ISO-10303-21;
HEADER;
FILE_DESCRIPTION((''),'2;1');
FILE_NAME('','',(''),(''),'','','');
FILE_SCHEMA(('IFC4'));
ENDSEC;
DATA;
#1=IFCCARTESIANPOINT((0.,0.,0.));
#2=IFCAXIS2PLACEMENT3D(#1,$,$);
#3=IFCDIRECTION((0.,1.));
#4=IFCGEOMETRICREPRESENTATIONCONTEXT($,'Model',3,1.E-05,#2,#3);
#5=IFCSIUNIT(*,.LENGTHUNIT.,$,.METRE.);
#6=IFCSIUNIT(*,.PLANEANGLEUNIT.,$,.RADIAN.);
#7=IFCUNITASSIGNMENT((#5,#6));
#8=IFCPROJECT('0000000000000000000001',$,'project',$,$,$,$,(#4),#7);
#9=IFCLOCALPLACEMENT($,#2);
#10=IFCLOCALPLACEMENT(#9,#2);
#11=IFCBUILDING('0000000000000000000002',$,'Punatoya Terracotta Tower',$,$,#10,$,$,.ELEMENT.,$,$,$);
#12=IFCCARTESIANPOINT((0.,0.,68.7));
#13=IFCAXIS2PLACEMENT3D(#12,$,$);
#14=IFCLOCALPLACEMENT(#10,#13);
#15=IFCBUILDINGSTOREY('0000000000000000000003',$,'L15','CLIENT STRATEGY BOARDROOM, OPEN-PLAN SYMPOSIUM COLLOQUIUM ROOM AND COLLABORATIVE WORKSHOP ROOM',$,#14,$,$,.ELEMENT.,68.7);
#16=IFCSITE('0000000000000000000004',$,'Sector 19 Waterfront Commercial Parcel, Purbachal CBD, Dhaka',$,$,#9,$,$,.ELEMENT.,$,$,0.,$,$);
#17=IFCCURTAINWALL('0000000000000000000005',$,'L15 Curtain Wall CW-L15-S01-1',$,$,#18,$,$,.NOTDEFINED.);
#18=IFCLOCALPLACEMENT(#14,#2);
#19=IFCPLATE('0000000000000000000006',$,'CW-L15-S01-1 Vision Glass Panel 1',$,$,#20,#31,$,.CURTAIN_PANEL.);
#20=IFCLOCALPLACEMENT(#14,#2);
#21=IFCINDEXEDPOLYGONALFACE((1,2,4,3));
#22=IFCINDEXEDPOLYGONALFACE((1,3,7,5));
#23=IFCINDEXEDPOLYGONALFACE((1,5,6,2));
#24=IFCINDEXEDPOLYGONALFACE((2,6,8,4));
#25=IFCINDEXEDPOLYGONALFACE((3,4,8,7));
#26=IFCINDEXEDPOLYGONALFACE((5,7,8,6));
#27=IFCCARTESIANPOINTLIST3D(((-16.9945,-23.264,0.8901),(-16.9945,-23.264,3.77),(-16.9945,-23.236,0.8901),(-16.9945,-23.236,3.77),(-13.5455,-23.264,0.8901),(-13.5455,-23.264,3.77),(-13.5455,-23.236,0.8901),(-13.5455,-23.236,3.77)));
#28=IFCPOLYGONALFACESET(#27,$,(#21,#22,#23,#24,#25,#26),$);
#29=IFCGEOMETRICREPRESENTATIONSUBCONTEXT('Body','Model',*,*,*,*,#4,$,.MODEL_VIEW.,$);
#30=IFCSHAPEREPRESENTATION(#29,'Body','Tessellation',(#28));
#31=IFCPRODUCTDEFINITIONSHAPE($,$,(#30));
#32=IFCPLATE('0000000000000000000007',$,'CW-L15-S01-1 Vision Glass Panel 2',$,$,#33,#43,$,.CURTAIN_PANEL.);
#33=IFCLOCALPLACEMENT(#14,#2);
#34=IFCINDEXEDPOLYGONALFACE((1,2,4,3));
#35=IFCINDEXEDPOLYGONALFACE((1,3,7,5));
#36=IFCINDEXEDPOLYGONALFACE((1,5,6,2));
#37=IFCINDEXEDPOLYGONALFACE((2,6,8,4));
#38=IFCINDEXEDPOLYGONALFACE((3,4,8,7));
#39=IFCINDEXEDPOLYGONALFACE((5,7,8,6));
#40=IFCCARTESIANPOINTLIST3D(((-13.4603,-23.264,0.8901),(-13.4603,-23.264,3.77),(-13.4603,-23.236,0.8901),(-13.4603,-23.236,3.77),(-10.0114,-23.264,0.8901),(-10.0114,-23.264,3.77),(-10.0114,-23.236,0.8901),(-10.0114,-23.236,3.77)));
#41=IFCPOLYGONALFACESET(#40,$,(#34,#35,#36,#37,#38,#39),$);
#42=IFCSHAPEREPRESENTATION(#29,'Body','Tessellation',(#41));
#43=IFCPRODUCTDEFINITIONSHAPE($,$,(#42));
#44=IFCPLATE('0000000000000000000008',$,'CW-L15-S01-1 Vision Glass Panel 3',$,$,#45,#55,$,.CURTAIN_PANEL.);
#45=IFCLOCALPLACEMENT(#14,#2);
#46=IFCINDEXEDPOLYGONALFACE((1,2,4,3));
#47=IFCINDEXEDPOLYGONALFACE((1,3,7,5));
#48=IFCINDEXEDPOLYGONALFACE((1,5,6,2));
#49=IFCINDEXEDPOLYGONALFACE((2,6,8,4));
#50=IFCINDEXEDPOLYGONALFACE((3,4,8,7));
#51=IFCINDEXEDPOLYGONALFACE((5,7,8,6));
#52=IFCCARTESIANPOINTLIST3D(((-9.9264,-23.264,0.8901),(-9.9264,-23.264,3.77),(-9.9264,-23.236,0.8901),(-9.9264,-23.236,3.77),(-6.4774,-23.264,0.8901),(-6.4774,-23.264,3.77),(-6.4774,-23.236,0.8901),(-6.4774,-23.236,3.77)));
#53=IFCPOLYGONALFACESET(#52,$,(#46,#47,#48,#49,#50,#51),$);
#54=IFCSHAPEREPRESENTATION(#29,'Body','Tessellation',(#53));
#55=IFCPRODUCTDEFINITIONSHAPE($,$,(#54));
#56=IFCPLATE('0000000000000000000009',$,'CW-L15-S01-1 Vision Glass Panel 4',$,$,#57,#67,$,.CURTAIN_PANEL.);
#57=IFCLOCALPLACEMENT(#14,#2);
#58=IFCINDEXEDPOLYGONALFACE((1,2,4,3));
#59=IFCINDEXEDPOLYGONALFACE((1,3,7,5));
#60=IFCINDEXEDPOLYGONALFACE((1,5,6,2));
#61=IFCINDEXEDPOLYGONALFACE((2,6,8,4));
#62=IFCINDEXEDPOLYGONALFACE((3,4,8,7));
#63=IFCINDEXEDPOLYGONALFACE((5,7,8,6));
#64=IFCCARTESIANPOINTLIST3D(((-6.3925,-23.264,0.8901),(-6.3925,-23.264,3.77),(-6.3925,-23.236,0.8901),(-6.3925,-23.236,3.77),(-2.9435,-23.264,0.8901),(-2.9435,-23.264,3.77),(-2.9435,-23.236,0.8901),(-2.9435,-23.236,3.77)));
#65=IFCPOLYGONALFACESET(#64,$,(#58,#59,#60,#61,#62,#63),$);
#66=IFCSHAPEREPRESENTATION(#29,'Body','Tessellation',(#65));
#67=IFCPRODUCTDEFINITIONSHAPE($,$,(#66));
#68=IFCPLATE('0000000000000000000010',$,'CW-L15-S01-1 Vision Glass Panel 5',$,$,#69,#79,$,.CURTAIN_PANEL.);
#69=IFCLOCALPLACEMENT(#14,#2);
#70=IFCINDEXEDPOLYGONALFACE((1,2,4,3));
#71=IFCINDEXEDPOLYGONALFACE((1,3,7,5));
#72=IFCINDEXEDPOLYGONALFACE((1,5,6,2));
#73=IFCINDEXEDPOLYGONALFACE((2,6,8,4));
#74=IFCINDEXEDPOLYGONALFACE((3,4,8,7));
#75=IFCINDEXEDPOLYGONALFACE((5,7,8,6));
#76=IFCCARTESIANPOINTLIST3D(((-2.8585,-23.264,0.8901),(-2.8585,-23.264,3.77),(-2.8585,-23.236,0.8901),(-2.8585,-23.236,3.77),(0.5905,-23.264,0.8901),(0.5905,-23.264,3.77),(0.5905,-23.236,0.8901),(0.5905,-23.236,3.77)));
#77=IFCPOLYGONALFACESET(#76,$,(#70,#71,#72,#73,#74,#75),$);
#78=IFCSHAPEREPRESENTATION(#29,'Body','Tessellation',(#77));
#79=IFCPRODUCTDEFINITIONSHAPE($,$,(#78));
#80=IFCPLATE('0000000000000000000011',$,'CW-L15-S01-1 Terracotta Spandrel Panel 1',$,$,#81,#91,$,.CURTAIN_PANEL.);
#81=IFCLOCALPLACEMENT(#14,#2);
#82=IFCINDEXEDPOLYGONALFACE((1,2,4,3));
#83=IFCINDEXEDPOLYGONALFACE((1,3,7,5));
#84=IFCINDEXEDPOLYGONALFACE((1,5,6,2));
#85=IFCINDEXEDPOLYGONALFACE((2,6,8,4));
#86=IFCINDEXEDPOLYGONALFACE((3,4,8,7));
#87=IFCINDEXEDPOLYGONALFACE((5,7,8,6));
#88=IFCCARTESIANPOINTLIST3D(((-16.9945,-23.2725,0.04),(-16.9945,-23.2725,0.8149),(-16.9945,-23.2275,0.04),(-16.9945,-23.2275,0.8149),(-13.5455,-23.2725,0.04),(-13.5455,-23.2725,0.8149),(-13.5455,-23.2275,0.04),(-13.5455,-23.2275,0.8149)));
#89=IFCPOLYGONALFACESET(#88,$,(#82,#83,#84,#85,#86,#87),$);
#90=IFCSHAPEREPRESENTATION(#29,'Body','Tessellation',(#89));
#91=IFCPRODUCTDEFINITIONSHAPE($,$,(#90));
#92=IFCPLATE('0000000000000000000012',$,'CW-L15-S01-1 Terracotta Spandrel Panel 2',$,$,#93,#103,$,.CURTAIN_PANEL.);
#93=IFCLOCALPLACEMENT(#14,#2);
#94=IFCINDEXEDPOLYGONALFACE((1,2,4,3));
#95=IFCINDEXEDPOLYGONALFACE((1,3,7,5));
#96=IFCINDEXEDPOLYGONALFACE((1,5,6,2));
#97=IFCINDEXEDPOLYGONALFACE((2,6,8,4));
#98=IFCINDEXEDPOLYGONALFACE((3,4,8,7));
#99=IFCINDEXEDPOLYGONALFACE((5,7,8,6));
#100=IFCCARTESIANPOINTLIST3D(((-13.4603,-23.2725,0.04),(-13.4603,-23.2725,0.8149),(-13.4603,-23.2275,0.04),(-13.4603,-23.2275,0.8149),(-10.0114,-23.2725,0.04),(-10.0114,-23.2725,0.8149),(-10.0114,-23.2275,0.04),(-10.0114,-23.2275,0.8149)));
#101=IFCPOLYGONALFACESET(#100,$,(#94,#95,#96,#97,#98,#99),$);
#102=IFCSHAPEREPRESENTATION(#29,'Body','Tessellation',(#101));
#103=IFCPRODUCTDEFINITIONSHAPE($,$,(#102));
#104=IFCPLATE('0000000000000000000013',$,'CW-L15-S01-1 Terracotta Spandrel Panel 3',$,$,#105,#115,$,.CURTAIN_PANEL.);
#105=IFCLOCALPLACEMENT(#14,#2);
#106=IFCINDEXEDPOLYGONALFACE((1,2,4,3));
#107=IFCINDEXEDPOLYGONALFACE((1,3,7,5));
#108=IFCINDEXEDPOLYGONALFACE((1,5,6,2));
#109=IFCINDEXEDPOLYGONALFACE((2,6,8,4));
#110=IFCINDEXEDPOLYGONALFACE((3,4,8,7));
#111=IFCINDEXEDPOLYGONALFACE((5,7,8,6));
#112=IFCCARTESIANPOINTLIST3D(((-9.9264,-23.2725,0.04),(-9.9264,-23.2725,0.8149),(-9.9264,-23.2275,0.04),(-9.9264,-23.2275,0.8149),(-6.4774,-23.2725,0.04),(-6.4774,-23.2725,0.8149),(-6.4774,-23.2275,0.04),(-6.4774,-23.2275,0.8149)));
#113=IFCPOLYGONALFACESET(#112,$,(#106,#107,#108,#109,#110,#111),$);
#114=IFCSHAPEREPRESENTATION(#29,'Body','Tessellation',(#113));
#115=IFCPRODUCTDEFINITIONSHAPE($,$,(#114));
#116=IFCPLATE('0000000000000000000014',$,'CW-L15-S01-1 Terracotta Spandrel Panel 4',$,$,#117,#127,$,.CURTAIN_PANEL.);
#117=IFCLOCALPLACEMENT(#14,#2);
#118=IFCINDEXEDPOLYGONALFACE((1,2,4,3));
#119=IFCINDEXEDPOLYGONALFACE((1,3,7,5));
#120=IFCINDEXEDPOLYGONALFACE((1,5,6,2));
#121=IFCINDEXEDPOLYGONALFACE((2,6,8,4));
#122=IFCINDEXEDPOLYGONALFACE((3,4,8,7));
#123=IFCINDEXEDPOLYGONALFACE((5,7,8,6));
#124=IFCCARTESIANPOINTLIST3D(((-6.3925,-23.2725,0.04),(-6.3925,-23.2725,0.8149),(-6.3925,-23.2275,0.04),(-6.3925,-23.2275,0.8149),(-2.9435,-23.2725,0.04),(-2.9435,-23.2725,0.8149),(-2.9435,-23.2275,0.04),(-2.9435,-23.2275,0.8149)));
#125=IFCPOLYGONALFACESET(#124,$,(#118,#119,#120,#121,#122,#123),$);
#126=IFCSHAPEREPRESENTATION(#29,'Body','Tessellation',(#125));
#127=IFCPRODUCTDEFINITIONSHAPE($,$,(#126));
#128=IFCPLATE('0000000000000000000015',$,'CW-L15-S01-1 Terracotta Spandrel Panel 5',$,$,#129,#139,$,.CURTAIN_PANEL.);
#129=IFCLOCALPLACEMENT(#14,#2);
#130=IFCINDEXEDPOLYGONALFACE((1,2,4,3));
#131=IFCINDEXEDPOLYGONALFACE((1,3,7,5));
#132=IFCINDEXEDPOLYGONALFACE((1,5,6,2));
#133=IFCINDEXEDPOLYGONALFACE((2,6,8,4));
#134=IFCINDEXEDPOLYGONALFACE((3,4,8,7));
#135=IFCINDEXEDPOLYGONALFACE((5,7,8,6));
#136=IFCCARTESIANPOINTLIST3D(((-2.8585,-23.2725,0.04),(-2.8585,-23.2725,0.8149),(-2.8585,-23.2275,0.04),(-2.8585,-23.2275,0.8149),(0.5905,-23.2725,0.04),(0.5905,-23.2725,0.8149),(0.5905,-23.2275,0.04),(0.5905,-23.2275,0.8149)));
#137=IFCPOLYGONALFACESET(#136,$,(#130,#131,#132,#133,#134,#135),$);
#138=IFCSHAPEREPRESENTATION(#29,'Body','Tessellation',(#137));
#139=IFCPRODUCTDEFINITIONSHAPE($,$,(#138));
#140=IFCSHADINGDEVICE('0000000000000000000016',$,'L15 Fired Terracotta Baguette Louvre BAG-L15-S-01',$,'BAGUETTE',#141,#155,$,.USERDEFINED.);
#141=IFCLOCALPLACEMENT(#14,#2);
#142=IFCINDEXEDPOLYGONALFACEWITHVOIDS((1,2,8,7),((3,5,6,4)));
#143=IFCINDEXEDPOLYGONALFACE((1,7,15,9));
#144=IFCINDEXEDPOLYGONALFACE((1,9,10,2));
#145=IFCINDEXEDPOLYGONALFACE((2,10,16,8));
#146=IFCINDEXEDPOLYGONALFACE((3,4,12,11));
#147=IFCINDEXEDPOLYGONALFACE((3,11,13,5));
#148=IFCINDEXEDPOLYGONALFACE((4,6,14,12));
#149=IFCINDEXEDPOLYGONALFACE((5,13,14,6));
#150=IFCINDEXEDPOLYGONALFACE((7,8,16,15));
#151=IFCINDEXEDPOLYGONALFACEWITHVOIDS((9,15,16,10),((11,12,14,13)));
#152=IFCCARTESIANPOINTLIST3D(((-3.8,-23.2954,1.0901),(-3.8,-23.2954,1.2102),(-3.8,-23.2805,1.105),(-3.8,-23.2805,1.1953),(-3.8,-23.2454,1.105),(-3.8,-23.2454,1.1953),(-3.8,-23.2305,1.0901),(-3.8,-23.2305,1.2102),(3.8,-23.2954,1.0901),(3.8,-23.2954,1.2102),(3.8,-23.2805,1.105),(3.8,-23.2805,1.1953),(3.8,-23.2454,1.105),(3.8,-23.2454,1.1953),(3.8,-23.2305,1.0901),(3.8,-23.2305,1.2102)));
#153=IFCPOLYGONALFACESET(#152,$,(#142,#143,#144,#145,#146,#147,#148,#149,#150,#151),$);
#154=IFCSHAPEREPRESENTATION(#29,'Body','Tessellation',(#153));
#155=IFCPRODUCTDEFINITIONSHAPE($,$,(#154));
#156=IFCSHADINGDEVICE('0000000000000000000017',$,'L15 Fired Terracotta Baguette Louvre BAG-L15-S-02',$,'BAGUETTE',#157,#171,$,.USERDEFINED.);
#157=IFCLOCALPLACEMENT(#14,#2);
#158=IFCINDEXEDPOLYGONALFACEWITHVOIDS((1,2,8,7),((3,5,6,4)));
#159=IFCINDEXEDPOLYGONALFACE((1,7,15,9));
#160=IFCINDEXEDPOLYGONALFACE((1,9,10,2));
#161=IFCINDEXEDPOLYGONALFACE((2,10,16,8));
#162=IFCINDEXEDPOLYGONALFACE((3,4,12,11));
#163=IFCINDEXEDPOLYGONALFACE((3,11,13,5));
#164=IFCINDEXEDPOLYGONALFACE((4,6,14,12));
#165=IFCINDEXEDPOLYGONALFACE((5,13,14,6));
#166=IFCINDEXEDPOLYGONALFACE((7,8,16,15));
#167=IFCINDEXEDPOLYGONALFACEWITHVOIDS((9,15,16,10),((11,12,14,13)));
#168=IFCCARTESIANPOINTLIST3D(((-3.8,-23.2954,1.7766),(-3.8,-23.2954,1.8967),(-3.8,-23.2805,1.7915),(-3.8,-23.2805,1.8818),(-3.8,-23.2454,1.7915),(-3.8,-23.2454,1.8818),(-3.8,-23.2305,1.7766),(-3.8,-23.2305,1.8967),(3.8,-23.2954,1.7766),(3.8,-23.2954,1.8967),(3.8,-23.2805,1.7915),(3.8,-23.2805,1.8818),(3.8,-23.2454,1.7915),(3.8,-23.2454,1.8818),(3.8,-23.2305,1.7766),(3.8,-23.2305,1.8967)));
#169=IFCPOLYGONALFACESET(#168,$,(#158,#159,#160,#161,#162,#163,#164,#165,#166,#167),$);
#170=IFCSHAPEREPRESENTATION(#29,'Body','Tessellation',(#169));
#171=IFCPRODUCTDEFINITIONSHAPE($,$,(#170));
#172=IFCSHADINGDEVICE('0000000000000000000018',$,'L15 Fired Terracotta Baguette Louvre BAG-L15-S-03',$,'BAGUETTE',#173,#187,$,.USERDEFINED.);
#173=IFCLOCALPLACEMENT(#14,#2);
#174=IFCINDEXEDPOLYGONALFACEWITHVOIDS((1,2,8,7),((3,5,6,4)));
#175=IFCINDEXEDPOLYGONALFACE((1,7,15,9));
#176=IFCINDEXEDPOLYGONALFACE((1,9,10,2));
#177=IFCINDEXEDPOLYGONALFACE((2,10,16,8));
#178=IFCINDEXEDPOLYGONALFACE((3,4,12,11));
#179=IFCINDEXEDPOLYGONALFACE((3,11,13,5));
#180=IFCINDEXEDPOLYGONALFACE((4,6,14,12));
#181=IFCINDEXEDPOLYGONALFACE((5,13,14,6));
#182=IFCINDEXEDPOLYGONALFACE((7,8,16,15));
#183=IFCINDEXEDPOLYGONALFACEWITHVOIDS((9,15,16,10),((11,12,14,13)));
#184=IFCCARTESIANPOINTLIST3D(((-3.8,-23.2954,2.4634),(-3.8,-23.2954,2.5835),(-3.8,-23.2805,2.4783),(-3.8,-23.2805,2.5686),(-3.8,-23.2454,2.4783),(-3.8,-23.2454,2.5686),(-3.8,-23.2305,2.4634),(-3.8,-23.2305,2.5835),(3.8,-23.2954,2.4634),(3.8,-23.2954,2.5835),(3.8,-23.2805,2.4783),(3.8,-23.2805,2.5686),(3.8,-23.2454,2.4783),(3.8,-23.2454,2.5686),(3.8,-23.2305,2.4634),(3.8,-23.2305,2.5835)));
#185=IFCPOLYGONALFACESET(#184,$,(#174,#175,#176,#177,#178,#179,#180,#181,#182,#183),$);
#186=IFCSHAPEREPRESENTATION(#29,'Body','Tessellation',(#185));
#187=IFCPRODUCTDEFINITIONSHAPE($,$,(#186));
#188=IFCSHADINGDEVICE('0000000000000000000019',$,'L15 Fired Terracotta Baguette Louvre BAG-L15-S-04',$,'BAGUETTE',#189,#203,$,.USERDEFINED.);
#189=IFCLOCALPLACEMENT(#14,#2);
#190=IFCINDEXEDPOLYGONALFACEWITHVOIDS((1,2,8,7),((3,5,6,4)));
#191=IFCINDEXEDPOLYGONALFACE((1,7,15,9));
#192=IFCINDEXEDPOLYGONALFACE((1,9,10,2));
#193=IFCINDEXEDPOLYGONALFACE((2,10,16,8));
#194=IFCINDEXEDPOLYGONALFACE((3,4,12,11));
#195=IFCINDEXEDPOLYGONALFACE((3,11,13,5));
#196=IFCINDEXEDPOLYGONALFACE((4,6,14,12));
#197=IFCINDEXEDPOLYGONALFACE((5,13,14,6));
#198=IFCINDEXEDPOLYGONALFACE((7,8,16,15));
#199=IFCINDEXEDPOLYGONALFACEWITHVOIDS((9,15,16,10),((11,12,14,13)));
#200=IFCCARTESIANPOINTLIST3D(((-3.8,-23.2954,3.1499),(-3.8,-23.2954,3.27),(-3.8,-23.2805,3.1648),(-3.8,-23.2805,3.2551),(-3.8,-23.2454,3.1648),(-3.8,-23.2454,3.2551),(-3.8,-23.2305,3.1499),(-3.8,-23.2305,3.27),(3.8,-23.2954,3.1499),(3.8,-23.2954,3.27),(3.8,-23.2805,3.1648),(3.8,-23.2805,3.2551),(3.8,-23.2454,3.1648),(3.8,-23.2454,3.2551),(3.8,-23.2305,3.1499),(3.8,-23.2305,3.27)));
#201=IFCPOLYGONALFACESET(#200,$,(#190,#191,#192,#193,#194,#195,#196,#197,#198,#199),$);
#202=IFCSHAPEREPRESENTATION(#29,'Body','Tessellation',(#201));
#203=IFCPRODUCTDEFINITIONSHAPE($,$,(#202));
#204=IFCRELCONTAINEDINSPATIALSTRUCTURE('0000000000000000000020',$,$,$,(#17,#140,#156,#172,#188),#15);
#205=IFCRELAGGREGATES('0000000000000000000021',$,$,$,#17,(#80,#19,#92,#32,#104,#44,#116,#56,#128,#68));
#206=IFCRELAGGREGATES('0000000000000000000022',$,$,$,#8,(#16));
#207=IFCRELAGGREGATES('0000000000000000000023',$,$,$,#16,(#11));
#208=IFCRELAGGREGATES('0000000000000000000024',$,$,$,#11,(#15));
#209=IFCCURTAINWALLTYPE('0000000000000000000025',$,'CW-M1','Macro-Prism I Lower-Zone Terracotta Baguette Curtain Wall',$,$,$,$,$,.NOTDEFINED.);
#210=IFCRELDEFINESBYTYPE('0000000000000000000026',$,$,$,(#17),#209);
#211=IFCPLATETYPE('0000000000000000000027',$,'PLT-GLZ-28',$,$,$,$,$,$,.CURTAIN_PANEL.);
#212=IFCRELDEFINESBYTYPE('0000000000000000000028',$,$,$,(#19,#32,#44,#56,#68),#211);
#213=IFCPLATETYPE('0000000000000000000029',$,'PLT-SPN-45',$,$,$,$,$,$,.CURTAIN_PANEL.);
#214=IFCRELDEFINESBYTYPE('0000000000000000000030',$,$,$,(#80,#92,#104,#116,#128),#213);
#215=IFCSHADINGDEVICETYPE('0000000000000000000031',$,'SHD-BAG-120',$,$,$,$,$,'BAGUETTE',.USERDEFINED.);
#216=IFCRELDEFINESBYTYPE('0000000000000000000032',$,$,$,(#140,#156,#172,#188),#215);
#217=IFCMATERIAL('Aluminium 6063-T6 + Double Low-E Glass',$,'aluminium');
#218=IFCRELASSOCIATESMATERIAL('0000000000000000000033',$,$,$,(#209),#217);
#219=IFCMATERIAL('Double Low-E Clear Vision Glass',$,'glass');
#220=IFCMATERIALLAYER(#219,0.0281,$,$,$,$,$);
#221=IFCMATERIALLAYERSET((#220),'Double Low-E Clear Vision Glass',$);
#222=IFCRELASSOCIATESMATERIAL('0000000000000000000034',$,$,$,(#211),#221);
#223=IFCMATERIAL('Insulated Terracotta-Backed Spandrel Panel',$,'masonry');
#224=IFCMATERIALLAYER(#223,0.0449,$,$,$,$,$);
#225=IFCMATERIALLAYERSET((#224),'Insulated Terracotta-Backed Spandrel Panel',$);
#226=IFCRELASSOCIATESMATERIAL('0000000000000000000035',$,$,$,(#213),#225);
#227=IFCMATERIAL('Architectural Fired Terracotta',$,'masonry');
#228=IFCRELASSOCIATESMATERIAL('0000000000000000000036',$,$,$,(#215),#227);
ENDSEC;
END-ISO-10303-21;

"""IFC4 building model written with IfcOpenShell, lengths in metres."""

from ifc_helpers import new_model, si_unit, direction, frame, origin, origin_2d, place, context, subcontext, project, spatial, rectangle, hollow_rectangle, extrude, material, layer, layer_set, material_profile, profile_set, type_object, element, aggregate, save


model = new_model("IFC4")

# Units and contexts
model_context = context("Model", 3, precision=1e-05, world=origin(), true_north=direction((0.0, 1.0)))
body_context = subcontext(model_context, "Body", "Model", "MODEL_VIEW")
ifc_project = project(units=[si_unit("LENGTHUNIT", "METRE"), si_unit("PLANEANGLEUNIT", "RADIAN")], contexts=[model_context])

# Site, building, storey
site_placement = place(None, origin())
site = spatial("IfcSite", under=ifc_project, at=site_placement, Name="Sector 19 Waterfront Commercial Parcel, Purbachal CBD, Dhaka", CompositionType="ELEMENT", RefElevation=0.0)
building_placement = place(site_placement, origin())
building = spatial("IfcBuilding", under=site, at=building_placement, Name="Punatoya Terracotta Tower", CompositionType="ELEMENT")
storey_placement = place(building_placement, frame((0.0, 0.0, 68.7)))
storey = spatial("IfcBuildingStorey", under=building, at=storey_placement, Name="L15", Description="CLIENT STRATEGY BOARDROOM, OPEN-PLAN SYMPOSIUM COLLOQUIUM ROOM AND COLLABORATIVE WORKSHOP ROOM", CompositionType="ELEMENT", Elevation=68.7)

# Curtain wall
ifc_material_1 = material(Name="Aluminium 6063-T6 + Double Low-E Glass", Category="aluminium")
curtain_wall_type = type_object("IfcCurtainWallType", Name="CW-M1", Description="Macro-Prism I Lower-Zone Terracotta Baguette Curtain Wall", PredefinedType="NOTDEFINED", material=ifc_material_1)
curtain_wall_placement = place(storey_placement, origin())
curtain_wall = element("IfcCurtainWall", 1, at=curtain_wall_placement, inside=storey, type_object=curtain_wall_type, Name="L15 Curtain Wall CW-L15-S01-1", PredefinedType="NOTDEFINED")

# Plates
ifc_material_2 = material(Name="Double Low-E Clear Vision Glass", Category="glass")
ifc_layer_1 = layer(ifc_material_2, 0.0281)
ifc_layer_set_1 = layer_set([ifc_layer_1], Name="Double Low-E Clear Vision Glass")
plate_type_1 = type_object("IfcPlateType", Name="PLT-GLZ-28", PredefinedType="CURTAIN_PANEL", material=ifc_layer_set_1)
plate_1_placement = place(storey_placement, frame((-15.27, -23.25, 0.8901), z_axis=(0.0, 0.0, 1.0), x_axis=(1.0, 0.0, 0.0)))
plate_1 = element("IfcPlate", 2, at=plate_1_placement, type_object=plate_type_1, Name="CW-L15-S01-1 Vision Glass Panel 1", PredefinedType="CURTAIN_PANEL", context=body_context, shape_type="SweptSolid", body=[
    extrude(rectangle(XDim=3.449, YDim=0.0281, at=origin_2d()), origin(), (0.0, 0.0, 1.0), 2.8799),
])
plate_2_placement = place(storey_placement, frame((-11.7358, -23.25, 0.8901), z_axis=(0.0, 0.0, 1.0), x_axis=(1.0, 0.0, 0.0)))
plate_2 = element("IfcPlate", 3, at=plate_2_placement, type_object=plate_type_1, Name="CW-L15-S01-1 Vision Glass Panel 2", PredefinedType="CURTAIN_PANEL", context=body_context, shape_type="SweptSolid", body=[
    extrude(rectangle(XDim=3.449, YDim=0.0281, at=origin_2d()), origin(), (0.0, 0.0, 1.0), 2.8799),
])
plate_3_placement = place(storey_placement, frame((-8.2019, -23.25, 0.8901), z_axis=(0.0, 0.0, 1.0), x_axis=(1.0, 0.0, 0.0)))
plate_3 = element("IfcPlate", 4, at=plate_3_placement, type_object=plate_type_1, Name="CW-L15-S01-1 Vision Glass Panel 3", PredefinedType="CURTAIN_PANEL", context=body_context, shape_type="SweptSolid", body=[
    extrude(rectangle(XDim=3.449, YDim=0.0281, at=origin_2d()), origin(), (0.0, 0.0, 1.0), 2.8799),
])
plate_4_placement = place(storey_placement, frame((-4.668, -23.25, 0.8901), z_axis=(0.0, 0.0, 1.0), x_axis=(1.0, 0.0, 0.0)))
plate_4 = element("IfcPlate", 5, at=plate_4_placement, type_object=plate_type_1, Name="CW-L15-S01-1 Vision Glass Panel 4", PredefinedType="CURTAIN_PANEL", context=body_context, shape_type="SweptSolid", body=[
    extrude(rectangle(XDim=3.449, YDim=0.0281, at=origin_2d()), origin(), (0.0, 0.0, 1.0), 2.8799),
])
plate_5_placement = place(storey_placement, frame((-1.134, -23.25, 0.8901), z_axis=(0.0, 0.0, 1.0), x_axis=(1.0, 0.0, 0.0)))
plate_5 = element("IfcPlate", 6, at=plate_5_placement, type_object=plate_type_1, Name="CW-L15-S01-1 Vision Glass Panel 5", PredefinedType="CURTAIN_PANEL", context=body_context, shape_type="SweptSolid", body=[
    extrude(rectangle(XDim=3.449, YDim=0.0281, at=origin_2d()), origin(), (0.0, 0.0, 1.0), 2.8799),
])
ifc_material_3 = material(Name="Insulated Terracotta-Backed Spandrel Panel", Category="masonry")
ifc_layer_2 = layer(ifc_material_3, 0.0449)
ifc_layer_set_2 = layer_set([ifc_layer_2], Name="Insulated Terracotta-Backed Spandrel Panel")
plate_type_2 = type_object("IfcPlateType", Name="PLT-SPN-45", PredefinedType="CURTAIN_PANEL", material=ifc_layer_set_2)
plate_6_placement = place(storey_placement, frame((-15.27, -23.25, 0.04), z_axis=(0.0, 0.0, 1.0), x_axis=(1.0, 0.0, 0.0)))
plate_6 = element("IfcPlate", 7, at=plate_6_placement, type_object=plate_type_2, Name="CW-L15-S01-1 Terracotta Spandrel Panel 1", PredefinedType="CURTAIN_PANEL", context=body_context, shape_type="SweptSolid", body=[
    extrude(rectangle(XDim=3.449, YDim=0.0449, at=origin_2d()), origin(), (0.0, 0.0, 1.0), 0.7749),
])
plate_7_placement = place(storey_placement, frame((-11.7358, -23.25, 0.04), z_axis=(0.0, 0.0, 1.0), x_axis=(1.0, 0.0, 0.0)))
plate_7 = element("IfcPlate", 8, at=plate_7_placement, type_object=plate_type_2, Name="CW-L15-S01-1 Terracotta Spandrel Panel 2", PredefinedType="CURTAIN_PANEL", context=body_context, shape_type="SweptSolid", body=[
    extrude(rectangle(XDim=3.449, YDim=0.0449, at=origin_2d()), origin(), (0.0, 0.0, 1.0), 0.7749),
])
plate_8_placement = place(storey_placement, frame((-8.2019, -23.25, 0.04), z_axis=(0.0, 0.0, 1.0), x_axis=(1.0, 0.0, 0.0)))
plate_8 = element("IfcPlate", 9, at=plate_8_placement, type_object=plate_type_2, Name="CW-L15-S01-1 Terracotta Spandrel Panel 3", PredefinedType="CURTAIN_PANEL", context=body_context, shape_type="SweptSolid", body=[
    extrude(rectangle(XDim=3.449, YDim=0.0449, at=origin_2d()), origin(), (0.0, 0.0, 1.0), 0.7749),
])
plate_9_placement = place(storey_placement, frame((-4.668, -23.25, 0.04), z_axis=(0.0, 0.0, 1.0), x_axis=(1.0, 0.0, 0.0)))
plate_9 = element("IfcPlate", 10, at=plate_9_placement, type_object=plate_type_2, Name="CW-L15-S01-1 Terracotta Spandrel Panel 4", PredefinedType="CURTAIN_PANEL", context=body_context, shape_type="SweptSolid", body=[
    extrude(rectangle(XDim=3.449, YDim=0.0449, at=origin_2d()), origin(), (0.0, 0.0, 1.0), 0.7749),
])
plate_10_placement = place(storey_placement, frame((-1.134, -23.25, 0.04), z_axis=(0.0, 0.0, 1.0), x_axis=(1.0, 0.0, 0.0)))
plate_10 = element("IfcPlate", 11, at=plate_10_placement, type_object=plate_type_2, Name="CW-L15-S01-1 Terracotta Spandrel Panel 5", PredefinedType="CURTAIN_PANEL", context=body_context, shape_type="SweptSolid", body=[
    extrude(rectangle(XDim=3.449, YDim=0.0449, at=origin_2d()), origin(), (0.0, 0.0, 1.0), 0.7749),
])
aggregate(curtain_wall, [plate_6, plate_1, plate_7, plate_2, plate_8, plate_3, plate_9, plate_4, plate_10, plate_5])

# Shading devices
ifc_material_4 = material(Name="Architectural Fired Terracotta", Category="masonry")
ifc_material_profile_1 = material_profile(ifc_material_4, hollow_rectangle(XDim=0.0649, YDim=0.1201, WallThickness=0.0149, at=origin_2d()))
ifc_profile_set_1 = profile_set([ifc_material_profile_1], Name="Architectural Fired Terracotta")
shading_device_type = type_object("IfcShadingDeviceType", Name="SHD-BAG-120", ElementType="BAGUETTE", PredefinedType="USERDEFINED", material=ifc_profile_set_1)
for number, where, z_axis, x_axis, name in (
    (12, (-3.8, -23.2629, 1.1501), (1.0, 0.0, 0.0), (0.0, 1.0, 0.0), "L15 Fired Terracotta Baguette Louvre BAG-L15-S-01"),
    (13, (-3.8, -23.2629, 1.8367), (1.0, 0.0, 0.0), (0.0, 1.0, 0.0), "L15 Fired Terracotta Baguette Louvre BAG-L15-S-02"),
    (14, (-3.8, -23.2629, 2.5234), (1.0, 0.0, 0.0), (0.0, 1.0, 0.0), "L15 Fired Terracotta Baguette Louvre BAG-L15-S-03"),
    (15, (-3.8, -23.2629, 3.21), (1.0, 0.0, 0.0), (0.0, 1.0, 0.0), "L15 Fired Terracotta Baguette Louvre BAG-L15-S-04"),
):
    element("IfcShadingDevice", number, at=place(storey_placement, frame(where, z_axis=z_axis, x_axis=x_axis)), inside=storey, type_object=shading_device_type, Name=name, ObjectType="BAGUETTE", PredefinedType="USERDEFINED", context=body_context, shape_type="SweptSolid", body=[
        extrude(hollow_rectangle(XDim=0.0649, YDim=0.1201, WallThickness=0.0149, at=origin_2d()), origin(), (0.0, 0.0, 1.0), 7.6001),
    ])

save(model, "model.ifc")
